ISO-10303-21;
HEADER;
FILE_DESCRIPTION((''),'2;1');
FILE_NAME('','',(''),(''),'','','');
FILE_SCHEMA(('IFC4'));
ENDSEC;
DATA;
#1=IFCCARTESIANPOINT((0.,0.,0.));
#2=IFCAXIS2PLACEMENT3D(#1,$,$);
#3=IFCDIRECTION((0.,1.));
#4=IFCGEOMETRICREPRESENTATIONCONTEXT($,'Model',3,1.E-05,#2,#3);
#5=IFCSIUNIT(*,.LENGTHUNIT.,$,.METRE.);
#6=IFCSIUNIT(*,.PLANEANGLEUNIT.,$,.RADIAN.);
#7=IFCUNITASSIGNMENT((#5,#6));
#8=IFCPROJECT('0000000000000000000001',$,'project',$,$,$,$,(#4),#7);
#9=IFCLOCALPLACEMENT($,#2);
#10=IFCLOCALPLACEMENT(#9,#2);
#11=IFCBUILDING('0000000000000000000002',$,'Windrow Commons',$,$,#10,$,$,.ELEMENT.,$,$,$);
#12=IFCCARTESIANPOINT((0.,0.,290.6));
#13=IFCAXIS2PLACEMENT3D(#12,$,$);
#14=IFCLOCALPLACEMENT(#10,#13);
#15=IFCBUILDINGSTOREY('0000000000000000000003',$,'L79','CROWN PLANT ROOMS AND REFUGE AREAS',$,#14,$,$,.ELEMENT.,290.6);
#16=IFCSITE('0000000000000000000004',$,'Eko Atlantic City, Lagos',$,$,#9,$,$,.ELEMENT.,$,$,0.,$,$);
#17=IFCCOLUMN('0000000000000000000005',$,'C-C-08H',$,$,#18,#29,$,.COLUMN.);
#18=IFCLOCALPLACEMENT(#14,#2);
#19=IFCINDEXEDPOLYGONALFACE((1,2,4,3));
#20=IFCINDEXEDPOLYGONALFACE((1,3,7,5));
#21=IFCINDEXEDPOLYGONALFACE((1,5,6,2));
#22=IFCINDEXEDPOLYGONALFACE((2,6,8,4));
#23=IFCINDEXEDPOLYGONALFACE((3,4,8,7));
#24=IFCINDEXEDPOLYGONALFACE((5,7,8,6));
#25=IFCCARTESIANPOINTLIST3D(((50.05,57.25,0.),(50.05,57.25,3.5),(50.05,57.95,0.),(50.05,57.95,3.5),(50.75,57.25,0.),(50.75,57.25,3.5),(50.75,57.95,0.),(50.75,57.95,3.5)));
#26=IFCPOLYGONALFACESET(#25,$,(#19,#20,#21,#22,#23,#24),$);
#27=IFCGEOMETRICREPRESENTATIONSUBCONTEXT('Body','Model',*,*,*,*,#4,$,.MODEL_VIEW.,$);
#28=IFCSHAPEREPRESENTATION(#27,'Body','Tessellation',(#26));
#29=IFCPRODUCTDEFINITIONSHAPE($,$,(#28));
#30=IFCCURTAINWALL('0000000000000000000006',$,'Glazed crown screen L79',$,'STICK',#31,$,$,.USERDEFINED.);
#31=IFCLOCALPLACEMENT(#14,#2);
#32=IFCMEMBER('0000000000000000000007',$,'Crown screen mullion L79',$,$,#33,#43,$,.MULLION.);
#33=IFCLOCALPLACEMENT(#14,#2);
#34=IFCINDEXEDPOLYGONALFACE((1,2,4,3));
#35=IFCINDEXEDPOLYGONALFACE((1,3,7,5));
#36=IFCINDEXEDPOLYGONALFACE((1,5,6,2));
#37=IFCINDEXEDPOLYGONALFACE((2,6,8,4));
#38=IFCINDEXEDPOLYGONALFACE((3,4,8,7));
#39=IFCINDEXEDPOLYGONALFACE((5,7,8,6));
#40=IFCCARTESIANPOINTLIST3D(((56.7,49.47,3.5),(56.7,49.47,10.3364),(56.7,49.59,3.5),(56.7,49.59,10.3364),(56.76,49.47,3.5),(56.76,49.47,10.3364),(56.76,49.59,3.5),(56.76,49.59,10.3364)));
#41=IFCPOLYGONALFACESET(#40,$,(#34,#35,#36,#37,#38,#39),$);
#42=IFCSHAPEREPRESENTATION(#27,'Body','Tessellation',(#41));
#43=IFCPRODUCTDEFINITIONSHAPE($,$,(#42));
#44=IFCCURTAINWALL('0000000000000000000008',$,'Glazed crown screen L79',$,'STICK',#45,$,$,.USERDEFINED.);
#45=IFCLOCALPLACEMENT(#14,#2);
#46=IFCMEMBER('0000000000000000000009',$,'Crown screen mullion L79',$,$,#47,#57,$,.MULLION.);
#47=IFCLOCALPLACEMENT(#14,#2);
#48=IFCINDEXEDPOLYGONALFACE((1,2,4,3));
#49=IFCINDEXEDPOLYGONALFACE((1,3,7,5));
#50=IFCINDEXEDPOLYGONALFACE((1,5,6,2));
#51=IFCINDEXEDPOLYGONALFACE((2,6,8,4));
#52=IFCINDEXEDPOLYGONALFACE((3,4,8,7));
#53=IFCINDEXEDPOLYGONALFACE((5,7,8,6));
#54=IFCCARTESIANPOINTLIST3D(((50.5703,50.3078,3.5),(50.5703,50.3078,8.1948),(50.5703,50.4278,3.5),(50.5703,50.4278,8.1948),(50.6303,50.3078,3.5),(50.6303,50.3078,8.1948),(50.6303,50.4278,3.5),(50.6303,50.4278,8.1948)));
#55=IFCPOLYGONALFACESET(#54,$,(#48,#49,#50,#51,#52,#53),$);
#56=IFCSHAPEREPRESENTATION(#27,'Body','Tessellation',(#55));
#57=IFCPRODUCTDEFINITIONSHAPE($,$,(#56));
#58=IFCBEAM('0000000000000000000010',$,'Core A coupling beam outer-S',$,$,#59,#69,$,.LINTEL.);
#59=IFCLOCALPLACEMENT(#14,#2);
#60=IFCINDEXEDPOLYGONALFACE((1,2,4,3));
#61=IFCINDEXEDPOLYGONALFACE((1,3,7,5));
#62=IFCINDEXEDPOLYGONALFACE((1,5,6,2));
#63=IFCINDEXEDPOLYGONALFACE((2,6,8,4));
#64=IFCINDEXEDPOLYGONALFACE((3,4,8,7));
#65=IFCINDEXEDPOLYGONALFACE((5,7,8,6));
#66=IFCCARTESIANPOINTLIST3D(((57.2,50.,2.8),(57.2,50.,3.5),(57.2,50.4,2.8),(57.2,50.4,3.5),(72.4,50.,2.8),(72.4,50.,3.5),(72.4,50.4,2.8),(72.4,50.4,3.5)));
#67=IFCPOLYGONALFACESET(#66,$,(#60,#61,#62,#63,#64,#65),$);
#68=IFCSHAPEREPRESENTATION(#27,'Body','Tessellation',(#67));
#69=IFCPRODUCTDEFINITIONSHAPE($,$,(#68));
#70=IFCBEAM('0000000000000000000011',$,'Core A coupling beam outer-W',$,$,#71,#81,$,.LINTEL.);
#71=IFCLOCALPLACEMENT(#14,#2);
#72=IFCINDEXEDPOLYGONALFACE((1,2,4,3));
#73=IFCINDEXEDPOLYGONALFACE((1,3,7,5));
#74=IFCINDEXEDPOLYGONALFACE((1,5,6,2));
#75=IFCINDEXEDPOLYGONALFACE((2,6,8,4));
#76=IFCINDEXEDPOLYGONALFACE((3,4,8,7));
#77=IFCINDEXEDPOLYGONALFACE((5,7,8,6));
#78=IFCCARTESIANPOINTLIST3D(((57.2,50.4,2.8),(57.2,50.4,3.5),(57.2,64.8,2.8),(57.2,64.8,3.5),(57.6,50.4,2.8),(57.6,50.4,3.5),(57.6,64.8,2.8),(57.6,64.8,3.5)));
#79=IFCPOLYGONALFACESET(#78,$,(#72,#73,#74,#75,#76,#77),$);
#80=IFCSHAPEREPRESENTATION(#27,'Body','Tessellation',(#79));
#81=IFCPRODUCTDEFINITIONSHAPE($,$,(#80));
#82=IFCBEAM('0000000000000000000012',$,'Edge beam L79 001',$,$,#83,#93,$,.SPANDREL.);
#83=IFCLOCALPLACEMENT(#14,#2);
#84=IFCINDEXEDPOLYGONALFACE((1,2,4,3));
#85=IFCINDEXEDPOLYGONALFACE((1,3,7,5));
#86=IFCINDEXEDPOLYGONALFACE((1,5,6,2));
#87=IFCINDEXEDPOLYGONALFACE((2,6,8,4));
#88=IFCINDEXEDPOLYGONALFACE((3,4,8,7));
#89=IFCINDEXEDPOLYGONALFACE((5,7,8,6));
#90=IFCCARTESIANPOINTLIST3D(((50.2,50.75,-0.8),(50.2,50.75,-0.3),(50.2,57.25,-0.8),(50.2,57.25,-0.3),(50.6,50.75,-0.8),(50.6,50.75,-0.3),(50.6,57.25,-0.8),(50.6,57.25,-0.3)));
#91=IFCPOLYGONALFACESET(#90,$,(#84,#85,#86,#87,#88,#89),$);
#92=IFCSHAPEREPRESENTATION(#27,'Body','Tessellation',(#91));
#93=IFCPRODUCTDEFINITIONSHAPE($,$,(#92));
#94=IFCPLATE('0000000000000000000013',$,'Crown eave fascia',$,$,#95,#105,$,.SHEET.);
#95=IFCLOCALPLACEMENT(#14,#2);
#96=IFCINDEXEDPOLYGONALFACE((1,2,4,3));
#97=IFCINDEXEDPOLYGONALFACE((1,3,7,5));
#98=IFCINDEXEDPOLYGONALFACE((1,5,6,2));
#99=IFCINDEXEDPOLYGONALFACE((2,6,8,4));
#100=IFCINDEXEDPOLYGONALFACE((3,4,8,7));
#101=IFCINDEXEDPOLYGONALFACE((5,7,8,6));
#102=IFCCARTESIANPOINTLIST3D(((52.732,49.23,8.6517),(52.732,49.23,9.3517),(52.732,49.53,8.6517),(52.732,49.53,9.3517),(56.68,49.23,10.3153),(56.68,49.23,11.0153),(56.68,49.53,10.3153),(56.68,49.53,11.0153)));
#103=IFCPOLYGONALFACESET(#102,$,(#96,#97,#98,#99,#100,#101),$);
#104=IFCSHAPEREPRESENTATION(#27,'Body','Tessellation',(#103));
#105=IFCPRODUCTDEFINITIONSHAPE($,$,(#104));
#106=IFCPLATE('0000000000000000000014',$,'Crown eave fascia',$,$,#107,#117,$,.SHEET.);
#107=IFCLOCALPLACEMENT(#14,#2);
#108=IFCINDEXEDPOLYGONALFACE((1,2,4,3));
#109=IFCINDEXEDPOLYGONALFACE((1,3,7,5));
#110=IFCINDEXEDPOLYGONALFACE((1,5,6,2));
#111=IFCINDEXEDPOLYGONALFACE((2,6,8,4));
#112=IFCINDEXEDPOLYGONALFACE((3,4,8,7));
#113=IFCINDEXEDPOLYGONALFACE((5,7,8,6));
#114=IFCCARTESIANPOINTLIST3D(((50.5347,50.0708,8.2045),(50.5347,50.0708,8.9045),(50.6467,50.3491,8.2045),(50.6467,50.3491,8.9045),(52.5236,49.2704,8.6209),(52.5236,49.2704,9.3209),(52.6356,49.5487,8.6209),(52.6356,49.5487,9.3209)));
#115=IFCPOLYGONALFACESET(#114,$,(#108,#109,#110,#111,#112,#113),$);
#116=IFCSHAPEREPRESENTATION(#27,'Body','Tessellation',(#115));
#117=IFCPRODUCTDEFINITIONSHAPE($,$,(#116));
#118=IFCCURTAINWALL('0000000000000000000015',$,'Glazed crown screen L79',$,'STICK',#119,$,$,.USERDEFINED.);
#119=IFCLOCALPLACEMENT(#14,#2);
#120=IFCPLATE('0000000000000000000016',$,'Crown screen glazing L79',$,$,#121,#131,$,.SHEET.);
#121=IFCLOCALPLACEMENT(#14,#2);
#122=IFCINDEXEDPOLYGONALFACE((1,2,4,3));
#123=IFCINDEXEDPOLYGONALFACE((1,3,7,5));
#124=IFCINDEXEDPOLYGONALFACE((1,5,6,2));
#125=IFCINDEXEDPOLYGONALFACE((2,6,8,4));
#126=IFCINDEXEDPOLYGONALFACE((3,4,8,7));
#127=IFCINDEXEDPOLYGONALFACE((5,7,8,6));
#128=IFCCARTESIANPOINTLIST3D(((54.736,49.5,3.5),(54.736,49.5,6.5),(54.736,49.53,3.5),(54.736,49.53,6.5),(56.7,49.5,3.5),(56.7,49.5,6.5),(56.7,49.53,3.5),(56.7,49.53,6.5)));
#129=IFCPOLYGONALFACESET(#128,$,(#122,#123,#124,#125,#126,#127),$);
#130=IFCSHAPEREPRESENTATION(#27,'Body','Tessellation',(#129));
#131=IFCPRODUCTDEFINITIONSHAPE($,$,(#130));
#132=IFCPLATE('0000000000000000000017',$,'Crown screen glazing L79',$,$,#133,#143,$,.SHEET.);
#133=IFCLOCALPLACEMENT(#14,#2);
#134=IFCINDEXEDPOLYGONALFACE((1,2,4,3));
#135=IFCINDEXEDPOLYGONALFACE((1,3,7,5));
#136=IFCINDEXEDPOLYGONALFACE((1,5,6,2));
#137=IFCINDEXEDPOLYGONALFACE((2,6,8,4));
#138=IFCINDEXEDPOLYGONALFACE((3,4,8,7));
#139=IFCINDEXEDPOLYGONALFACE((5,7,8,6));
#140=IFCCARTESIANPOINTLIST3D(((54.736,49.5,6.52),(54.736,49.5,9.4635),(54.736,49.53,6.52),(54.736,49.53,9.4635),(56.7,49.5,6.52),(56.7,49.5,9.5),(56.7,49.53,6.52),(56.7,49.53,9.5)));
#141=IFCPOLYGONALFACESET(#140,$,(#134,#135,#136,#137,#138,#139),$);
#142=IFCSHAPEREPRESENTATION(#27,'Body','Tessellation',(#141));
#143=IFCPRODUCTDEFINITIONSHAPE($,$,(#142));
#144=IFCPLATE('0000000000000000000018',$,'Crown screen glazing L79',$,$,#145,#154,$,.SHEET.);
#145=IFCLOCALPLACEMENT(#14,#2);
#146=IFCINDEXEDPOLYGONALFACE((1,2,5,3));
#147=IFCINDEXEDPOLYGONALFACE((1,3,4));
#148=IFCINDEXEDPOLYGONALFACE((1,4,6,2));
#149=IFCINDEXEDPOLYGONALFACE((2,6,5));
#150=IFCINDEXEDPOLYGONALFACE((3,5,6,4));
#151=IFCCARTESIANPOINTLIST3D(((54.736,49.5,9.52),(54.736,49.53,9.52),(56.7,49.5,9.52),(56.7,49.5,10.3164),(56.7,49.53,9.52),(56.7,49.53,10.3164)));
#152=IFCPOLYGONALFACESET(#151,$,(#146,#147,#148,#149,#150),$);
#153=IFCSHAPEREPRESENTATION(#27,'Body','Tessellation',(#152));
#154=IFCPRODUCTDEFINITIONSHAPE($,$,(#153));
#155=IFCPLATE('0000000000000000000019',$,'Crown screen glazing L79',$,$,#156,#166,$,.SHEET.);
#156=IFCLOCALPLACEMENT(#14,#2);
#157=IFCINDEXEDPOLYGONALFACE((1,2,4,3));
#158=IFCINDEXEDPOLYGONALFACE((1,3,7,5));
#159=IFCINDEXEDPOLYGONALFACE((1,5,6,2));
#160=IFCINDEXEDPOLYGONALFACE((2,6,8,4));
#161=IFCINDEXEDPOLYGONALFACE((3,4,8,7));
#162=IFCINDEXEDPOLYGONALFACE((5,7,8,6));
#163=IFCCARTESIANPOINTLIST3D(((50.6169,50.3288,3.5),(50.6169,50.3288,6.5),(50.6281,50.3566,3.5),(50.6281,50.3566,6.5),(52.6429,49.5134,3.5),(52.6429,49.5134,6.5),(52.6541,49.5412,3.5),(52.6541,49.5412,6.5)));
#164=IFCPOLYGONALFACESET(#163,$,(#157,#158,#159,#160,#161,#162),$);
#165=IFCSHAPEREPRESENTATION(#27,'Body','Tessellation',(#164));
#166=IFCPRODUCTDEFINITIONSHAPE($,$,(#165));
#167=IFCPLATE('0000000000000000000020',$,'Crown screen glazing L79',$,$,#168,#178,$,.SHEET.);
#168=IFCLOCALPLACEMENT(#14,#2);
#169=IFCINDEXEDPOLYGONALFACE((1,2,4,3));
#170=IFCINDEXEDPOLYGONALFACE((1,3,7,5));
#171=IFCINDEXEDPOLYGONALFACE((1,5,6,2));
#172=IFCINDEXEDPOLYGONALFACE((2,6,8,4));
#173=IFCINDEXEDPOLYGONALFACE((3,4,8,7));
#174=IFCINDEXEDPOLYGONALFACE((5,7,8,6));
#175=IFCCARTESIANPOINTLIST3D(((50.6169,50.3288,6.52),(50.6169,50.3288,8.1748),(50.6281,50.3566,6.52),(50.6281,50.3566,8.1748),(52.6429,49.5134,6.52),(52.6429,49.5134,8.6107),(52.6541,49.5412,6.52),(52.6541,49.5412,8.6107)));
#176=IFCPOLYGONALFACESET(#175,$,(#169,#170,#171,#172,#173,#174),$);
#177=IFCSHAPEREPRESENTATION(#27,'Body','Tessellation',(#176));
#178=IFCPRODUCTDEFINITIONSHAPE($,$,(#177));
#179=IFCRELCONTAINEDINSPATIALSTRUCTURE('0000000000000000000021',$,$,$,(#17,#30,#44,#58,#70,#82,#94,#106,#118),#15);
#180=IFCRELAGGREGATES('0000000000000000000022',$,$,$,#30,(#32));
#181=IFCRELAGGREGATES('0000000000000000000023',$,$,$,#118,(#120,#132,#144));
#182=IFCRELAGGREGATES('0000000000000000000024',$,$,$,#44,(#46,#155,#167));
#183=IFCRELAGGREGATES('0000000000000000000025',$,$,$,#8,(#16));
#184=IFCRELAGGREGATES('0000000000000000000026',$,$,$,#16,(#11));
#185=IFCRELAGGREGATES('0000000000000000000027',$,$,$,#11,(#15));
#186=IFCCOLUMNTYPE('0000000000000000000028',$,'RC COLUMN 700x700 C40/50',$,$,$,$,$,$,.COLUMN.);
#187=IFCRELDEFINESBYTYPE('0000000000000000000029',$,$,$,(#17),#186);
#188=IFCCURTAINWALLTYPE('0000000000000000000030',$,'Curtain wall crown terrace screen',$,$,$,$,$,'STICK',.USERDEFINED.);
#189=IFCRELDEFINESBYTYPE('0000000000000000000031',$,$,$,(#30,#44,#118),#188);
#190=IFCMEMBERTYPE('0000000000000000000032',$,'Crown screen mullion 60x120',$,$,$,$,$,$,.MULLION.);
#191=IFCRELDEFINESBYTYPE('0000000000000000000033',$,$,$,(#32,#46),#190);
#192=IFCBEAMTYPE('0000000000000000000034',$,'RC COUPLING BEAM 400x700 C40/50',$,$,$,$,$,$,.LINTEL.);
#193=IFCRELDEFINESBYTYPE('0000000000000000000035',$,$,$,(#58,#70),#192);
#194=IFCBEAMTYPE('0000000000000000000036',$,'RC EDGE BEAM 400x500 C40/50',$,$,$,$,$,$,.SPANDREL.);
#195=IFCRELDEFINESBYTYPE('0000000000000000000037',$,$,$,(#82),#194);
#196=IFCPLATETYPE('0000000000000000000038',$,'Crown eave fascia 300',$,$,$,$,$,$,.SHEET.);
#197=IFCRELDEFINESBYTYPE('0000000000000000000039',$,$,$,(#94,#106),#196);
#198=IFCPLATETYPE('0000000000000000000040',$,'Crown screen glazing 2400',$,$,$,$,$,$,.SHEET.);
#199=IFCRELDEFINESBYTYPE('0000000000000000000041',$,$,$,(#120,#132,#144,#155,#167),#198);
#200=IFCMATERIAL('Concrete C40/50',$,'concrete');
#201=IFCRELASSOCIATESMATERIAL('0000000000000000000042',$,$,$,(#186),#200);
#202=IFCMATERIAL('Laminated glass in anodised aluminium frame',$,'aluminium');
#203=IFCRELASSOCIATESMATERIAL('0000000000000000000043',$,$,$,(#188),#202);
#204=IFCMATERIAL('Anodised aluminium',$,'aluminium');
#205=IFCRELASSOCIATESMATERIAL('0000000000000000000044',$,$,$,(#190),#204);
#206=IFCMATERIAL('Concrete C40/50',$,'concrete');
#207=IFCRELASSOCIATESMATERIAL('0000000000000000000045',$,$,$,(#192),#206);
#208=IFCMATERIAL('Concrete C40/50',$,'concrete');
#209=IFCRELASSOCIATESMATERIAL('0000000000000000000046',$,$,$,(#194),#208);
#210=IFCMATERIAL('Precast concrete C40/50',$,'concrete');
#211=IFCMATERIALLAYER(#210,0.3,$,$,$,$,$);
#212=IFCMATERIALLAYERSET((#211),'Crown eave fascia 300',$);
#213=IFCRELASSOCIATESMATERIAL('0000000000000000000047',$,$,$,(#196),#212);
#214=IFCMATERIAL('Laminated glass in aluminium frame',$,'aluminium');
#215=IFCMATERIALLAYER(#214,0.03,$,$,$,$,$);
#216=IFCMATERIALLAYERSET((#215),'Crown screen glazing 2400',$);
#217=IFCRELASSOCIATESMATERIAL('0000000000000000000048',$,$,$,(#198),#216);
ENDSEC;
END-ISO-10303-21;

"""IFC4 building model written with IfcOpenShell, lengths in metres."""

from ifc_helpers import new_model, si_unit, direction, frame, origin, origin_2d, place, context, subcontext, project, spatial, polyline, rectangle, outline, extrude, material, layer, layer_set, material_profile, profile_set, type_object, element, aggregate, save


model = new_model("IFC4")

# Units and contexts
model_context = context("Model", 3, precision=1e-05, world=origin(), true_north=direction((0.0, 1.0)))
body_context = subcontext(model_context, "Body", "Model", "MODEL_VIEW")
ifc_project = project(units=[si_unit("LENGTHUNIT", "METRE"), si_unit("PLANEANGLEUNIT", "RADIAN")], contexts=[model_context])

# Site, building, storey
site_placement = place(None, origin())
site = spatial("IfcSite", under=ifc_project, at=site_placement, Name="Eko Atlantic City, Lagos", CompositionType="ELEMENT", RefElevation=0.0)
building_placement = place(site_placement, origin())
building = spatial("IfcBuilding", under=site, at=building_placement, Name="Windrow Commons", CompositionType="ELEMENT")
storey_placement = place(building_placement, frame((0.0, 0.0, 290.6)))
storey = spatial("IfcBuildingStorey", under=building, at=storey_placement, Name="L79", Description="CROWN PLANT ROOMS AND REFUGE AREAS", CompositionType="ELEMENT", Elevation=290.6)

# Column
ifc_material_1 = material(Name="Concrete C40/50", Category="concrete")
ifc_material_profile_1 = material_profile(ifc_material_1, rectangle(XDim=0.7, YDim=0.7, at=origin_2d()))
ifc_profile_set_1 = profile_set([ifc_material_profile_1], Name="Concrete C40/50")
column_type = type_object("IfcColumnType", Name="RC COLUMN 700x700 C40/50", PredefinedType="COLUMN", material=ifc_profile_set_1)
column_placement = place(storey_placement, frame((50.4, 57.6, 0.0), z_axis=(0.0, 0.0, 1.0), x_axis=(1.0, 0.0, 0.0)))
element("IfcColumn", 1, at=column_placement, inside=storey, type_object=column_type, Name="C-C-08H", PredefinedType="COLUMN", context=body_context, shape_type="SweptSolid", body=[
    extrude(rectangle(XDim=0.7, YDim=0.7, at=origin_2d()), origin(), (0.0, 0.0, 1.0), 3.5),
])

# Curtain walls, members
ifc_material_2 = material(Name="Laminated glass in anodised aluminium frame", Category="aluminium")
curtain_wall_type = type_object("IfcCurtainWallType", Name="Curtain wall crown terrace screen", ElementType="STICK", PredefinedType="USERDEFINED", material=ifc_material_2)
placement = place(storey_placement, origin())
curtain_wall_1 = element("IfcCurtainWall", 2, at=placement, inside=storey, type_object=curtain_wall_type, Name="Glazed crown screen L79", ObjectType="STICK", PredefinedType="USERDEFINED")
ifc_material_3 = material(Name="Anodised aluminium", Category="aluminium")
ifc_material_profile_2 = material_profile(ifc_material_3, rectangle(XDim=0.06, YDim=0.12, at=origin_2d()))
ifc_profile_set_2 = profile_set([ifc_material_profile_2], Name="Anodised aluminium")
member_type = type_object("IfcMemberType", Name="Crown screen mullion 60x120", PredefinedType="MULLION", material=ifc_profile_set_2)
member_1_placement = place(storey_placement, frame((56.73, 49.53, 3.5), z_axis=(0.0, 0.0, 1.0), x_axis=(1.0, 0.0, 0.0)))
member_1 = element("IfcMember", 3, at=member_1_placement, type_object=member_type, Name="Crown screen mullion L79", PredefinedType="MULLION", context=body_context, shape_type="SweptSolid", body=[
    extrude(rectangle(XDim=0.06, YDim=0.12, at=origin_2d()), origin(), (0.0, 0.0, 1.0), 6.8364),
])
aggregate(curtain_wall_1, [member_1])
curtain_wall_2 = element("IfcCurtainWall", 4, at=placement, inside=storey, type_object=curtain_wall_type, Name="Glazed crown screen L79", ObjectType="STICK", PredefinedType="USERDEFINED")
member_2_placement = place(storey_placement, frame((50.6003, 50.3678, 3.5), z_axis=(0.0, 0.0, 1.0), x_axis=(1.0, 0.0, 0.0)))
member_2 = element("IfcMember", 5, at=member_2_placement, type_object=member_type, Name="Crown screen mullion L79", PredefinedType="MULLION", context=body_context, shape_type="SweptSolid", body=[
    extrude(rectangle(XDim=0.06, YDim=0.12, at=origin_2d()), origin(), (0.0, 0.0, 1.0), 4.6948),
])

# Beams
ifc_material_4 = material(Name="Concrete C40/50", Category="concrete")
ifc_material_profile_3 = material_profile(ifc_material_4, rectangle(XDim=0.4, YDim=0.7, at=origin_2d()))
ifc_profile_set_3 = profile_set([ifc_material_profile_3], Name="Concrete C40/50")
beam_type_1 = type_object("IfcBeamType", Name="RC COUPLING BEAM 400x700 C40/50", PredefinedType="LINTEL", material=ifc_profile_set_3)
beam_1_placement = place(storey_placement, frame((57.2, 50.2, 3.15), z_axis=(1.0, 0.0, 0.0), x_axis=(0.0, 1.0, 0.0)))
element("IfcBeam", 6, at=beam_1_placement, inside=storey, type_object=beam_type_1, Name="Core A coupling beam outer-S", PredefinedType="LINTEL", context=body_context, shape_type="SweptSolid", body=[
    extrude(rectangle(XDim=0.4, YDim=0.7, at=origin_2d()), origin(), (0.0, 0.0, 1.0), 15.2),
])
beam_2_placement = place(storey_placement, frame((57.4, 50.4, 3.15), z_axis=(0.0, 1.0, 0.0), x_axis=(-1.0, 0.0, 0.0)))
element("IfcBeam", 7, at=beam_2_placement, inside=storey, type_object=beam_type_1, Name="Core A coupling beam outer-W", PredefinedType="LINTEL", context=body_context, shape_type="SweptSolid", body=[
    extrude(rectangle(XDim=0.4, YDim=0.7, at=origin_2d()), origin(), (0.0, 0.0, 1.0), 14.4),
])
ifc_material_5 = material(Name="Concrete C40/50", Category="concrete")
ifc_material_profile_4 = material_profile(ifc_material_5, rectangle(XDim=0.4, YDim=0.5, at=origin_2d()))
ifc_profile_set_4 = profile_set([ifc_material_profile_4], Name="Concrete C40/50")
beam_type_2 = type_object("IfcBeamType", Name="RC EDGE BEAM 400x500 C40/50", PredefinedType="SPANDREL", material=ifc_profile_set_4)
beam_3_placement = place(storey_placement, frame((50.4, 50.75, -0.55), z_axis=(0.0, 1.0, 0.0), x_axis=(-1.0, 0.0, 0.0)))
element("IfcBeam", 8, at=beam_3_placement, inside=storey, type_object=beam_type_2, Name="Edge beam L79 001", PredefinedType="SPANDREL", context=body_context, shape_type="SweptSolid", body=[
    extrude(rectangle(XDim=0.4, YDim=0.5, at=origin_2d()), origin(), (0.0, 0.0, 1.0), 6.5),
])

# Plates
ifc_material_6 = material(Name="Precast concrete C40/50", Category="concrete")
ifc_layer_1 = layer(ifc_material_6, 0.3)
ifc_layer_set_1 = layer_set([ifc_layer_1], Name="Crown eave fascia 300")
plate_type_1 = type_object("IfcPlateType", Name="Crown eave fascia 300", PredefinedType="SHEET", material=ifc_layer_set_1)
plate_1_placement = place(storey_placement, frame((56.68, 49.53, 10.3153), z_axis=(0.0, 1.0, 0.0), x_axis=(-0.921528, 0.0, -0.388312)))
element("IfcPlate", 9, at=plate_1_placement, inside=storey, type_object=plate_type_1, Name="Crown eave fascia", PredefinedType="SHEET", context=body_context, shape_type="SweptSolid", body=[
    extrude(outline(polyline([(0.0, 0.0), (4.2842, 0.0), (4.0124, 0.6451), (-0.2718, 0.6451), (0.0, 0.0)])), origin(), (0.0, 0.0, -1.0), 0.3),
])
plate_2_placement = place(storey_placement, frame((52.6356, 49.5487, 8.6209), z_axis=(0.373336, 0.927696, 0.0), x_axis=(-0.910678, 0.366487, -0.190661)))
element("IfcPlate", 10, at=plate_2_placement, inside=storey, type_object=plate_type_1, Name="Crown eave fascia", PredefinedType="SHEET", context=body_context, shape_type="SweptSolid", body=[
    extrude(outline(polyline([(0.0, 0.0), (2.184, 0.0), (2.0505, 0.6872), (-0.1335, 0.6872), (0.0, 0.0)])), origin(), (0.0, 0.0, -1.0), 0.3),
])

# Curtain wall, plates
curtain_wall_3 = element("IfcCurtainWall", 11, at=placement, inside=storey, type_object=curtain_wall_type, Name="Glazed crown screen L79", ObjectType="STICK", PredefinedType="USERDEFINED")
ifc_material_7 = material(Name="Laminated glass in aluminium frame", Category="aluminium")
ifc_layer_2 = layer(ifc_material_7, 0.03)
ifc_layer_set_2 = layer_set([ifc_layer_2], Name="Crown screen glazing 2400")
plate_type_2 = type_object("IfcPlateType", Name="Crown screen glazing 2400", PredefinedType="SHEET", material=ifc_layer_set_2)
plate_3_placement = place(storey_placement, frame((56.7, 49.53, 3.5), z_axis=(0.0, 1.0, 0.0), x_axis=(-1.0, 0.0, 0.0)))
plate_3 = element("IfcPlate", 12, at=plate_3_placement, type_object=plate_type_2, Name="Crown screen glazing L79", PredefinedType="SHEET", context=body_context, shape_type="SweptSolid", body=[
    extrude(outline(polyline([(0.0, 0.0), (1.964, 0.0), (1.964, 3.0), (0.0, 3.0), (0.0, 0.0)])), origin(), (0.0, 0.0, -1.0), 0.03),
])
plate_4_placement = place(storey_placement, frame((56.7, 49.53, 6.52), z_axis=(0.0, 1.0, 0.0), x_axis=(-1.0, 0.0, 0.0)))
plate_4 = element("IfcPlate", 13, at=plate_4_placement, type_object=plate_type_2, Name="Crown screen glazing L79", PredefinedType="SHEET", context=body_context, shape_type="SweptSolid", body=[
    extrude(outline(polyline([(0.0, 0.0), (1.964, 0.0), (1.964, 2.9435), (0.0, 2.98), (0.0, 0.0)])), origin(), (0.0, 0.0, -1.0), 0.03),
])
plate_5_placement = place(storey_placement, frame((56.7, 49.53, 9.52), z_axis=(0.0, 1.0, 0.0), x_axis=(-1.0, 0.0, 0.0)))
plate_5 = element("IfcPlate", 14, at=plate_5_placement, type_object=plate_type_2, Name="Crown screen glazing L79", PredefinedType="SHEET", context=body_context, shape_type="SweptSolid", body=[
    extrude(outline(polyline([(0.0, 0.0), (1.964, 0.0), (0.0, 0.7964), (0.0, 0.0)])), origin(), (0.0, 0.0, -1.0), 0.03),
])
aggregate(curtain_wall_3, [plate_3, plate_4, plate_5])

# Plates
plate_6_placement = place(storey_placement, frame((52.6541, 49.5412, 3.5), z_axis=(0.373364, 0.927685, 0.0), x_axis=(-0.927685, 0.373364, 0.0)))
plate_6 = element("IfcPlate", 15, at=plate_6_placement, type_object=plate_type_2, Name="Crown screen glazing L79", PredefinedType="SHEET", context=body_context, shape_type="SweptSolid", body=[
    extrude(outline(polyline([(0.0, 0.0), (2.1839, 0.0), (2.1839, 3.0), (0.0, 3.0), (0.0, 0.0)])), origin(), (0.0, 0.0, -1.0), 0.03),
])
plate_7_placement = place(storey_placement, frame((52.6541, 49.5412, 6.52), z_axis=(0.373364, 0.927685, 0.0), x_axis=(-0.927685, 0.373364, 0.0)))
plate_7 = element("IfcPlate", 16, at=plate_7_placement, type_object=plate_type_2, Name="Crown screen glazing L79", PredefinedType="SHEET", context=body_context, shape_type="SweptSolid", body=[
    extrude(outline(polyline([(0.0, 0.0), (2.1839, 0.0), (2.1839, 1.6548), (0.0, 2.0907), (0.0, 0.0)])), origin(), (0.0, 0.0, -1.0), 0.03),
])
aggregate(curtain_wall_2, [member_2, plate_6, plate_7])

save(model, "model.ifc")
